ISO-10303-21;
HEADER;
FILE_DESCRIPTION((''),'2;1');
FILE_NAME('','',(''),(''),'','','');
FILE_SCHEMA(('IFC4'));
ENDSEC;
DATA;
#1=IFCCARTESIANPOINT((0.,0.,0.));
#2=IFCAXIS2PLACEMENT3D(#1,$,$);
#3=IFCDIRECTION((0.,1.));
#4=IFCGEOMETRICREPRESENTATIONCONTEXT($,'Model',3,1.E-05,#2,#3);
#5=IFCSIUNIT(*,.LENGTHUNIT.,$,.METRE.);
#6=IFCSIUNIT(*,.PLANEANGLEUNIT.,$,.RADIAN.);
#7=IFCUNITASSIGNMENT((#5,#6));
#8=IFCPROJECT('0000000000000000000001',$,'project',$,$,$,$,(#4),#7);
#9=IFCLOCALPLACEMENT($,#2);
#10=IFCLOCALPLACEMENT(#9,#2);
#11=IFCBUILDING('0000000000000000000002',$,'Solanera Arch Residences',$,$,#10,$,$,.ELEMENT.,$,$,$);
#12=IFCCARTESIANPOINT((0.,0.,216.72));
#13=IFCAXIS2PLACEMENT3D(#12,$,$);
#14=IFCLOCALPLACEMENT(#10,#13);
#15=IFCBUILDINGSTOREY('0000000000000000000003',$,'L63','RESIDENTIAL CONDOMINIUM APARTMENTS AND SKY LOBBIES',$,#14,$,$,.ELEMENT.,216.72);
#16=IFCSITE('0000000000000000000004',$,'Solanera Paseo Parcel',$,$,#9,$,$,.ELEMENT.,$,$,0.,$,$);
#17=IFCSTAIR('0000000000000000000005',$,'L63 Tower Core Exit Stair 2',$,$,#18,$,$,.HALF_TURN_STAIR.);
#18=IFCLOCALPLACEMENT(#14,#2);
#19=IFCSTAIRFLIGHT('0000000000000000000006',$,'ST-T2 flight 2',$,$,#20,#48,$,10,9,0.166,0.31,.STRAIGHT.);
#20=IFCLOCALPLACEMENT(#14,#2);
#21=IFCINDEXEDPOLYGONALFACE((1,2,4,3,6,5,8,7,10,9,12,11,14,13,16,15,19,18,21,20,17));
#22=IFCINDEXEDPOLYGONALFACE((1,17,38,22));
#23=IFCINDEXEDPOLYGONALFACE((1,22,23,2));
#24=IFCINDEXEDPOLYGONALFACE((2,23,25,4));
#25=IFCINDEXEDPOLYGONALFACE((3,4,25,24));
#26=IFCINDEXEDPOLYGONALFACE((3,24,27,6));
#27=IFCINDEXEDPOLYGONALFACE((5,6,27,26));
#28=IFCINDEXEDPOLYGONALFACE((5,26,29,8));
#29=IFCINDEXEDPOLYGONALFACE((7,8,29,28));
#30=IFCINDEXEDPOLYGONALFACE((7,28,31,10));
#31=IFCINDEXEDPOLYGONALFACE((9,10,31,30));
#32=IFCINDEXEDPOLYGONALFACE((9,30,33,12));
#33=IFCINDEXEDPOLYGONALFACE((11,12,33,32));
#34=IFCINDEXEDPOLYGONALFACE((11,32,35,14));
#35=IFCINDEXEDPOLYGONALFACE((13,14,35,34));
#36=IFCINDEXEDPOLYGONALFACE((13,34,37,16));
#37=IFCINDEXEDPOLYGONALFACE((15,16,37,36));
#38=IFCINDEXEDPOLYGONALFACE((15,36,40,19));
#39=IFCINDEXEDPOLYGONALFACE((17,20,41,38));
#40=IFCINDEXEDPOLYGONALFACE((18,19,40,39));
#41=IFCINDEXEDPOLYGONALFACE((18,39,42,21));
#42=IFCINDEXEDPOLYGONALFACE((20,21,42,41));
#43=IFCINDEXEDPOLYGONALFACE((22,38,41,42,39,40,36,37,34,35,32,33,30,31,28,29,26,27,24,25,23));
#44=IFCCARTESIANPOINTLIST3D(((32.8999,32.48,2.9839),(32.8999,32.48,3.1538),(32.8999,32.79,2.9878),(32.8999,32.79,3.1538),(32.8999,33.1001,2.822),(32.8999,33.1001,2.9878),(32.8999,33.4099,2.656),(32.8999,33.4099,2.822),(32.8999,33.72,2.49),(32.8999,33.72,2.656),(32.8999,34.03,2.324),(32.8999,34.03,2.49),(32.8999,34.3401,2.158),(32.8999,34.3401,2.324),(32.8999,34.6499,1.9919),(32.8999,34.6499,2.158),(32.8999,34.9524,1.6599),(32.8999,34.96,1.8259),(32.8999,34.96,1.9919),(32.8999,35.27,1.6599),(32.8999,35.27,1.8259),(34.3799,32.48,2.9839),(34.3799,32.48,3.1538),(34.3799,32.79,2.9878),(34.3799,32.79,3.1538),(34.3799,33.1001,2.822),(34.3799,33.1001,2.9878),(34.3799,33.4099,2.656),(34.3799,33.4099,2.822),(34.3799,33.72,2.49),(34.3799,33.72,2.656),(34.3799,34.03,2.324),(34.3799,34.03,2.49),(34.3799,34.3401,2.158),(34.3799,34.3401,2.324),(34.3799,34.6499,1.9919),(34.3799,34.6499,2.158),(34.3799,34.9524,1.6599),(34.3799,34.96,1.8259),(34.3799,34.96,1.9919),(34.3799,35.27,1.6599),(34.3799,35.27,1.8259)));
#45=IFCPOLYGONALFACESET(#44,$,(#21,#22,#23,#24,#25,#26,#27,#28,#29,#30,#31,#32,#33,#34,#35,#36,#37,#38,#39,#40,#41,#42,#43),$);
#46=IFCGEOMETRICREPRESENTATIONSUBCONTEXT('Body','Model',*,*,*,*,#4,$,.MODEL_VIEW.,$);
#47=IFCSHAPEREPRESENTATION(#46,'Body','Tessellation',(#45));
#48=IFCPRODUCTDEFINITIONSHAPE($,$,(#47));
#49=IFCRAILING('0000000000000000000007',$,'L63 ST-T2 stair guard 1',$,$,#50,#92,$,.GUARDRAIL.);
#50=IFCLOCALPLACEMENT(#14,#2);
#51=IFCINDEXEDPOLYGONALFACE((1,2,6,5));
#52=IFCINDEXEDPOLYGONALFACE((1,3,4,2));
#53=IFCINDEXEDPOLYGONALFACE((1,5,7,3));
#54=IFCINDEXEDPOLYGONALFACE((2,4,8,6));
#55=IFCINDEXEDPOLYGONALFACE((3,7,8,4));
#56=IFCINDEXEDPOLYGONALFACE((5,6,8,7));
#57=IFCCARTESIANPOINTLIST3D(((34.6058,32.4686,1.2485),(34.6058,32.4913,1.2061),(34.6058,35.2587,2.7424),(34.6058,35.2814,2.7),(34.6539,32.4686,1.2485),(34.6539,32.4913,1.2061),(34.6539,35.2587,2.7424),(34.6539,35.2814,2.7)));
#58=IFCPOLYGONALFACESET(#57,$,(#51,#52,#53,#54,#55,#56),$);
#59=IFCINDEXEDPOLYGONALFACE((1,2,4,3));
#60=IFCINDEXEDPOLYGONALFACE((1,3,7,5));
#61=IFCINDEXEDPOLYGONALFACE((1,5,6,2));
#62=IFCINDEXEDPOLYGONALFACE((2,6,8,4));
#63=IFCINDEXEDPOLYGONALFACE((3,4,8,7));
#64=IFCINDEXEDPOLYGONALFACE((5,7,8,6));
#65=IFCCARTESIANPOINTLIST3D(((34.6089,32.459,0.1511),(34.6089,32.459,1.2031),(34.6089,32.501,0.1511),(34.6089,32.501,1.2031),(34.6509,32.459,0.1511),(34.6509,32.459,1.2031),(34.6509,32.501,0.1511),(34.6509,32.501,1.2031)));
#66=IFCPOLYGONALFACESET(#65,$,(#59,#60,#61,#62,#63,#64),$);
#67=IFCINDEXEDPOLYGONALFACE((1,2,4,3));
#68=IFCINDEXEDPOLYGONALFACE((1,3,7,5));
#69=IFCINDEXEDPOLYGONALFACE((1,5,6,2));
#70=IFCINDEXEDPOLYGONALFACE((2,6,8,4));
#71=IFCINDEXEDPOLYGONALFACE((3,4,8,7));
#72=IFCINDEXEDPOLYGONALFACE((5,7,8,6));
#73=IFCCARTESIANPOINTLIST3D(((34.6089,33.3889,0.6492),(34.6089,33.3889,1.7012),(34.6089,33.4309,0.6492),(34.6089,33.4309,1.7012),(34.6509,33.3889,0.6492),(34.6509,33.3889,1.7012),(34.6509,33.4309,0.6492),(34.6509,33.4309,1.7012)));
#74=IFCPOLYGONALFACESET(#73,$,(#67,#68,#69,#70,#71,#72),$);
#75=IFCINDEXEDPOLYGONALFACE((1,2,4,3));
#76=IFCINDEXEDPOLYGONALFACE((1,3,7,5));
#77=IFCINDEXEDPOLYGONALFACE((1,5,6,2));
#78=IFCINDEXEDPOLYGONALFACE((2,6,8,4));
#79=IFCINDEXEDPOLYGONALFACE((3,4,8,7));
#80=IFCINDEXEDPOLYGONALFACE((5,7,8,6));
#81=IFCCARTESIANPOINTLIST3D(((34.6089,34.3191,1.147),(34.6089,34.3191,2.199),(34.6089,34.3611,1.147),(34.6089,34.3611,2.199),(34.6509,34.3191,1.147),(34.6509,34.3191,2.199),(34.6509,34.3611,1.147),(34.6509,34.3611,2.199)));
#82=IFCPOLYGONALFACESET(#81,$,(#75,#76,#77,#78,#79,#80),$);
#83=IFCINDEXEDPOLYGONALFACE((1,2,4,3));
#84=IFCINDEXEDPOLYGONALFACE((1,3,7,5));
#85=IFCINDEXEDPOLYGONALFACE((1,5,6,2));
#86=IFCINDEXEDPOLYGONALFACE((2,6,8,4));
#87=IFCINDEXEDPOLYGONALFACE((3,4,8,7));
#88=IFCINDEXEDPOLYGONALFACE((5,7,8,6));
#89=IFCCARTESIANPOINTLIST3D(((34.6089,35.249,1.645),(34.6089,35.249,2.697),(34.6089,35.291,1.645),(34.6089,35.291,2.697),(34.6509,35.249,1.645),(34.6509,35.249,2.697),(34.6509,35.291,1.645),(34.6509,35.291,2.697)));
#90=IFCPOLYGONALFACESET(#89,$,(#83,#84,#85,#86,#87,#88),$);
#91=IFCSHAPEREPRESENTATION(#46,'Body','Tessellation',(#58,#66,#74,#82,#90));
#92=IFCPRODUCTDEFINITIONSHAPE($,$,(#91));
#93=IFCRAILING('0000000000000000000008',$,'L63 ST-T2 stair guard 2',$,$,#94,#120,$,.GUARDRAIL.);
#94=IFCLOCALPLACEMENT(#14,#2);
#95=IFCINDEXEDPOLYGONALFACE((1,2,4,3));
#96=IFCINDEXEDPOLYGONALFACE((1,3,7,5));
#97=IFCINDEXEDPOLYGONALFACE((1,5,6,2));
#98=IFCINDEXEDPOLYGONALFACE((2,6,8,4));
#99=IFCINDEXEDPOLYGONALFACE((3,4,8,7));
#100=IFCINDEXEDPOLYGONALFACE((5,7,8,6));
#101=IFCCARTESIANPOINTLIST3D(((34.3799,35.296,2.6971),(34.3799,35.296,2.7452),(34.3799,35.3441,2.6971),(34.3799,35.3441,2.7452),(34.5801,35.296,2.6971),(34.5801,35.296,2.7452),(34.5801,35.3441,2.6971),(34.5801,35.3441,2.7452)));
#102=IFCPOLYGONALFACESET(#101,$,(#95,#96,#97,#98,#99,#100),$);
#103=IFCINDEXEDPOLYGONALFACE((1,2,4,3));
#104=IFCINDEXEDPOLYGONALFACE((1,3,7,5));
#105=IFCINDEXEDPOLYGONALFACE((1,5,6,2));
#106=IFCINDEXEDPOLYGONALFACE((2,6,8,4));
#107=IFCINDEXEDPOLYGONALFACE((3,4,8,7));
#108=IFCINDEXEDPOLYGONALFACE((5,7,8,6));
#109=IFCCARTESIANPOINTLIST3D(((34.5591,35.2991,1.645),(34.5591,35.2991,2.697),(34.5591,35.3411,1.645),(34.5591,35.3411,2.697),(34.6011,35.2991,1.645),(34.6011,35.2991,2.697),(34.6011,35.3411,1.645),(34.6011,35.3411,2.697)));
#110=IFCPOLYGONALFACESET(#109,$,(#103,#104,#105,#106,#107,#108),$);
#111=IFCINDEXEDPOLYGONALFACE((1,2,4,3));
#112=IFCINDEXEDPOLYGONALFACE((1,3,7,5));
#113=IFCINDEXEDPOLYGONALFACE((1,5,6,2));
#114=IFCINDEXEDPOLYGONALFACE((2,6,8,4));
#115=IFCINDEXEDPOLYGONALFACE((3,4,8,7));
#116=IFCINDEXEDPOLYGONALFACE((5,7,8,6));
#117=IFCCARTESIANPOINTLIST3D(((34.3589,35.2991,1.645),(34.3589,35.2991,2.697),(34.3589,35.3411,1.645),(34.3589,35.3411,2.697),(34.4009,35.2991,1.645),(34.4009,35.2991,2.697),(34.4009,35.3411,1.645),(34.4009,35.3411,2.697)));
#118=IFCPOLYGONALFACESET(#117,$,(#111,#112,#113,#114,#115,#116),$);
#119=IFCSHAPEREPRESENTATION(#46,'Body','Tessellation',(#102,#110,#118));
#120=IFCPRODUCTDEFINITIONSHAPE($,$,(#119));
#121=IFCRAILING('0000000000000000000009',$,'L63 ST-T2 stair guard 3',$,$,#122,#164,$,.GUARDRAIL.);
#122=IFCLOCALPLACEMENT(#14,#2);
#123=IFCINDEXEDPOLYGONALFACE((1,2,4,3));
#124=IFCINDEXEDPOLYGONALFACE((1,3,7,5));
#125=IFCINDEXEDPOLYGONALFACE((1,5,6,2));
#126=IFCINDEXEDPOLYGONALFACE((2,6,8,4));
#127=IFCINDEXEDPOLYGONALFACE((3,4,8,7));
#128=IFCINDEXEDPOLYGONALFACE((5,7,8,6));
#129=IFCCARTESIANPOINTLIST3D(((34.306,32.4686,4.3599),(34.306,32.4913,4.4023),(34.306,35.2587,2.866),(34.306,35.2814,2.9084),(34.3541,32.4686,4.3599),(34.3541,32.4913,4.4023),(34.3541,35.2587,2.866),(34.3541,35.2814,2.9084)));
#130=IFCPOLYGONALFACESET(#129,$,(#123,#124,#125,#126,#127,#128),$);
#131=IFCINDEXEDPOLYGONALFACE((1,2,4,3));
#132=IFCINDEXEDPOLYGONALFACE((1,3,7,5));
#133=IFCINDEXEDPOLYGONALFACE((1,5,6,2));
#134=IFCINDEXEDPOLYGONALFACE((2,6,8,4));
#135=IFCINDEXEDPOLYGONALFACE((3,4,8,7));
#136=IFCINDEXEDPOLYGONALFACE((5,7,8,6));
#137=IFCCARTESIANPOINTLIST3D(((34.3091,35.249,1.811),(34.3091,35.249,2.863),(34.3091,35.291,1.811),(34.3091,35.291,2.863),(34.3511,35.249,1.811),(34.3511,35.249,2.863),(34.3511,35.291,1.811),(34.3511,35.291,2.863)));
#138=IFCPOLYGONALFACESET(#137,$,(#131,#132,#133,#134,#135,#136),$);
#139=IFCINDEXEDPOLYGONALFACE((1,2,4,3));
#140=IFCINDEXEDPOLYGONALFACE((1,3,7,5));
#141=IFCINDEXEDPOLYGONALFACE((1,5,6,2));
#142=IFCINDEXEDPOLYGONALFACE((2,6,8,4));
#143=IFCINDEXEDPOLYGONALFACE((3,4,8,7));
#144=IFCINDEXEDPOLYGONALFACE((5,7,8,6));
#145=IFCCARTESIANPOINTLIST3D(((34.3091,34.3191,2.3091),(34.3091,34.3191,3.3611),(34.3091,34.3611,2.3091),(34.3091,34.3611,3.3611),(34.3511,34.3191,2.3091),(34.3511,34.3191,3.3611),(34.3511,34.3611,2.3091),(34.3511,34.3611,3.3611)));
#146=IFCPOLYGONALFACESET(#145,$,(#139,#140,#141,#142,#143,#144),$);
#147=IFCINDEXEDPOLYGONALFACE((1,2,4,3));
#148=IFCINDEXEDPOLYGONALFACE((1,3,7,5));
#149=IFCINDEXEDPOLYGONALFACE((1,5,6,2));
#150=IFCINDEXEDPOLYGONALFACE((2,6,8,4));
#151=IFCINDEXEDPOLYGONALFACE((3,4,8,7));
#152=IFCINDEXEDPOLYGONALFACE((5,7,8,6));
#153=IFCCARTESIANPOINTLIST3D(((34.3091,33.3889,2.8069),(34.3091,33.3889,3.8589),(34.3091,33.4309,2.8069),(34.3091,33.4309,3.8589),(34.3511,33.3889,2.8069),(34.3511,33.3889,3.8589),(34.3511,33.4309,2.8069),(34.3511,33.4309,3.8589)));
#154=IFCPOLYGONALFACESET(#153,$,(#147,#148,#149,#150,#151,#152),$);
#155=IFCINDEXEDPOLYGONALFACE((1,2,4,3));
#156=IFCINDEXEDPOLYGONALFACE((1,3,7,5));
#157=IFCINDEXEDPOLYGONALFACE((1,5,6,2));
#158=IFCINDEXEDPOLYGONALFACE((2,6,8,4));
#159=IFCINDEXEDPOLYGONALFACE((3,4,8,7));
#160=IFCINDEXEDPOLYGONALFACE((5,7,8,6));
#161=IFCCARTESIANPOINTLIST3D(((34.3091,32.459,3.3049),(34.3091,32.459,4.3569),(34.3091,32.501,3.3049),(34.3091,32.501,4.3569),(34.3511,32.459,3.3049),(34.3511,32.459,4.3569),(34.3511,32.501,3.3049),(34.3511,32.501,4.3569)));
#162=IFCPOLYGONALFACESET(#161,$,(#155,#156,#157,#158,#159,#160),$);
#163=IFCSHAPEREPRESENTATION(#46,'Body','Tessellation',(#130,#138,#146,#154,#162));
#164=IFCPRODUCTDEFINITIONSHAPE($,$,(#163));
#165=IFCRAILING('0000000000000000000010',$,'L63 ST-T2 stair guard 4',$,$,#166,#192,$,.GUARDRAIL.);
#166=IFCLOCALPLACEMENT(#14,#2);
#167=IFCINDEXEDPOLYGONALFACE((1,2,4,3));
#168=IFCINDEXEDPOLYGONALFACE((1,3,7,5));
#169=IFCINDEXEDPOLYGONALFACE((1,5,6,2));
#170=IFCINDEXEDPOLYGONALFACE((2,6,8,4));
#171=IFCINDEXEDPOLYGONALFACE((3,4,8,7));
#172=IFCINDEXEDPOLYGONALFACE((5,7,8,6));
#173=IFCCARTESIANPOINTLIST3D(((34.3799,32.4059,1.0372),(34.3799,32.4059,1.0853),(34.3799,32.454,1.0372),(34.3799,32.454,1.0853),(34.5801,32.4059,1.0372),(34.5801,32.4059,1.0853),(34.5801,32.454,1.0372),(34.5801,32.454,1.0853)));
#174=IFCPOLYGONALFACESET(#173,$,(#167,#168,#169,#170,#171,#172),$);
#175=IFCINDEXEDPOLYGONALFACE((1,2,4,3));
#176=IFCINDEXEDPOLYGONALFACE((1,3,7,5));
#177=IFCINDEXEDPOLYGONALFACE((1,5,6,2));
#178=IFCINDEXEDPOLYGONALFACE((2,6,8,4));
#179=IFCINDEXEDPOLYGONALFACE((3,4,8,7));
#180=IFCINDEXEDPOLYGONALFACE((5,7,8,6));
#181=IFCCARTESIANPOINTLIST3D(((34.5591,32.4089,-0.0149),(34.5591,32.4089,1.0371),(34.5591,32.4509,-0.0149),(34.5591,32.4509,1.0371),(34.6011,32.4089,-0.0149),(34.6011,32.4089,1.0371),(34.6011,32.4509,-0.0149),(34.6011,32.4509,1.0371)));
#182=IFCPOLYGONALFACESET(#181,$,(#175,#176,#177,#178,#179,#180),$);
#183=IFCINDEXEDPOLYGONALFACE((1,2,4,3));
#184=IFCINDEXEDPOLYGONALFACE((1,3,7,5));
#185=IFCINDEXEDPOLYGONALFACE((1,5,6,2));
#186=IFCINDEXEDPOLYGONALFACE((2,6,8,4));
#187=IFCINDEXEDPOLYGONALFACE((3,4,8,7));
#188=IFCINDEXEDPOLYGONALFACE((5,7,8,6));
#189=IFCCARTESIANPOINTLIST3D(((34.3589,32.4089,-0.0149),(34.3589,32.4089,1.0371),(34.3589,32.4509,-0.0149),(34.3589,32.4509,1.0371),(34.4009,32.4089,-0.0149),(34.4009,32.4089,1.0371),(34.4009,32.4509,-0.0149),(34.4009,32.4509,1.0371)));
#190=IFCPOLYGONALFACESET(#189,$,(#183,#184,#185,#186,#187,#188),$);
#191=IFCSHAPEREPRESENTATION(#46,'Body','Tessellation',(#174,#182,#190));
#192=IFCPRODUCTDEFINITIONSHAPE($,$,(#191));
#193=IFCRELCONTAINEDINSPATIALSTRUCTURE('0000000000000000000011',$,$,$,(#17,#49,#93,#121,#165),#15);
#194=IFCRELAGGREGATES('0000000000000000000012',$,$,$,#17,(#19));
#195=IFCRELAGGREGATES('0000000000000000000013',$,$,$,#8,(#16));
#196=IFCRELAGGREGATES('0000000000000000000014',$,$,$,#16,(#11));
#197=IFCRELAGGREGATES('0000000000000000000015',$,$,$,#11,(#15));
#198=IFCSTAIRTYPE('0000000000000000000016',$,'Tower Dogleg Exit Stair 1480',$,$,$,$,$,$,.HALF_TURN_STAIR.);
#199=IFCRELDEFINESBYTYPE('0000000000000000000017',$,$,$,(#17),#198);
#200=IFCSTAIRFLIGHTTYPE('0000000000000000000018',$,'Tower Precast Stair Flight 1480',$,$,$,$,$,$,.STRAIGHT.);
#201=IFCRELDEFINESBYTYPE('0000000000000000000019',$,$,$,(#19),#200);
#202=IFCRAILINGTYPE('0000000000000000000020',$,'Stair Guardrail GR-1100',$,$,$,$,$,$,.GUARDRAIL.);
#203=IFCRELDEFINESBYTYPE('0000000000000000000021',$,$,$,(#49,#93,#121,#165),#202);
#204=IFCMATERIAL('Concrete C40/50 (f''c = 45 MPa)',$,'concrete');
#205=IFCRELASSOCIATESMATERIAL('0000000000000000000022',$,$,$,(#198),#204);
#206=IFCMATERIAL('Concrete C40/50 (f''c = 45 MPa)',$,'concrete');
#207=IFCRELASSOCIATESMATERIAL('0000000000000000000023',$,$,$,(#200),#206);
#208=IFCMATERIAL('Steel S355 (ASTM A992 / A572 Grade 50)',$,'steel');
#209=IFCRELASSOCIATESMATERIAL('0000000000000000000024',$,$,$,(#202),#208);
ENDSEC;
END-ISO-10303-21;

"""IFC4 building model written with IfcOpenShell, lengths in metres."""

from ifc_helpers import new_model, si_unit, direction, frame, origin, origin_2d, place, context, subcontext, project, spatial, polyline, rectangle, outline, extrude, material, type_object, element, aggregate, save


model = new_model("IFC4")

# Units and contexts
model_context = context("Model", 3, precision=1e-05, world=origin(), true_north=direction((0.0, 1.0)))
body_context = subcontext(model_context, "Body", "Model", "MODEL_VIEW")
ifc_project = project(units=[si_unit("LENGTHUNIT", "METRE"), si_unit("PLANEANGLEUNIT", "RADIAN")], contexts=[model_context])

# Site, building, storey
site_placement = place(None, origin())
site = spatial("IfcSite", under=ifc_project, at=site_placement, Name="Solanera Paseo Parcel", CompositionType="ELEMENT", RefElevation=0.0)
building_placement = place(site_placement, origin())
building = spatial("IfcBuilding", under=site, at=building_placement, Name="Solanera Arch Residences", CompositionType="ELEMENT")
storey_placement = place(building_placement, frame((0.0, 0.0, 216.72)))
storey = spatial("IfcBuildingStorey", under=building, at=storey_placement, Name="L63", Description="RESIDENTIAL CONDOMINIUM APARTMENTS AND SKY LOBBIES", CompositionType="ELEMENT", Elevation=216.72)

# Stair, stair flight
ifc_material_1 = material(Name="Concrete C40/50 (f'c = 45 MPa)", Category="concrete")
stair_type = type_object("IfcStairType", Name="Tower Dogleg Exit Stair 1480", PredefinedType="HALF_TURN_STAIR", material=ifc_material_1)
stair_placement = place(storey_placement, origin())
stair = element("IfcStair", 1, at=stair_placement, inside=storey, type_object=stair_type, Name="L63 Tower Core Exit Stair 2", PredefinedType="HALF_TURN_STAIR")
ifc_material_2 = material(Name="Concrete C40/50 (f'c = 45 MPa)", Category="concrete")
stair_flight_type = type_object("IfcStairFlightType", Name="Tower Precast Stair Flight 1480", PredefinedType="STRAIGHT", material=ifc_material_2)
stair_flight_1_placement = place(storey_placement, frame((33.6399, 35.27, 1.6599), z_axis=(0.0, 0.0, 1.0), x_axis=(0.0, -1.0, 0.0)))
stair_flight_1 = element("IfcStairFlight", 2, at=stair_flight_1_placement, type_object=stair_flight_type, Name="ST-T2 flight 2", NumberOfRisers=10, NumberOfTreads=9, PredefinedType="STRAIGHT", RiserHeight=0.166, TreadLength=0.31, context=body_context, shape_type="SweptSolid", body=[
    extrude(outline(polyline([(0.0, 0.0), (0.0, 0.166), (0.3101, 0.166), (0.3101, 0.332), (0.6201, 0.332), (0.6201, 0.498), (0.9299, 0.498), (0.9299, 0.6641), (1.24, 0.6641), (1.24, 0.8301), (1.55, 0.8301), (1.55, 0.9961), (1.8601, 0.9961), (1.8601, 1.1621), (2.1699, 1.1621), (2.1699, 1.3279), (2.48, 1.3279), (2.48, 1.4939), (2.79, 1.4939), (2.79, 1.6599), (2.79, 1.324), (0.3176, 0.0), (0.0, 0.0)])), frame((0.0, 0.74, 0.0), z_axis=(0.0, -1.0, 0.0), x_axis=(1.0, 0.0, 0.0)), (0.0, 0.0, 1.0), 1.48),
])
aggregate(stair, [stair_flight_1])

# Railings
ifc_material_3 = material(Name="Steel S355 (ASTM A992 / A572 Grade 50)", Category="steel")
railing_type_1 = type_object("IfcRailingType", Name="Stair Guardrail GR-1100", PredefinedType="GUARDRAIL", material=ifc_material_3)
railing_1_placement = place(storey_placement, frame((34.6299, 32.48, 0.1511)))
element("IfcRailing", 3, at=railing_1_placement, inside=storey, type_object=railing_type_1, Name="L63 ST-T2 stair guard 1", PredefinedType="GUARDRAIL", context=body_context, shape_type="SweptSolid", body=[
    extrude(rectangle(XDim=0.0481, YDim=0.0481, at=origin_2d()), frame((0.0, 0.0, 1.0762), z_axis=(0.0, 0.881581, 0.472033), x_axis=(-1.0, 0.0, 0.0)), (0.0, 0.0, 1.0), 3.1648),
    extrude(rectangle(XDim=0.042, YDim=0.042, at=origin_2d()), origin(), (0.0, 0.0, 1.0), 1.052),
    extrude(rectangle(XDim=0.042, YDim=0.042, at=origin_2d()), frame((0.0, 0.9299, 0.498)), (0.0, 0.0, 1.0), 1.052),
    extrude(rectangle(XDim=0.042, YDim=0.042, at=origin_2d()), frame((0.0, 1.8601, 0.9958)), (0.0, 0.0, 1.0), 1.052),
    extrude(rectangle(XDim=0.042, YDim=0.042, at=origin_2d()), frame((0.0, 2.79, 1.4939)), (0.0, 0.0, 1.0), 1.052),
])
railing_2_placement = place(storey_placement, frame((34.5801, 35.3201, 1.645)))
element("IfcRailing", 4, at=railing_2_placement, inside=storey, type_object=railing_type_1, Name="L63 ST-T2 stair guard 2", PredefinedType="GUARDRAIL", context=body_context, shape_type="SweptSolid", body=[
    extrude(rectangle(XDim=0.0481, YDim=0.0481, at=origin_2d()), frame((0.0, 0.0, 1.0762), z_axis=(-1.0, 0.0, 0.0), x_axis=(0.0, -1.0, 0.0)), (0.0, 0.0, 1.0), 0.2002),
    extrude(rectangle(XDim=0.042, YDim=0.042, at=origin_2d()), origin(), (0.0, 0.0, 1.0), 1.052),
    extrude(rectangle(XDim=0.042, YDim=0.042, at=origin_2d()), frame((-0.2002, 0.0, 0.0)), (0.0, 0.0, 1.0), 1.052),
])
railing_3_placement = place(storey_placement, frame((34.3301, 35.27, 1.811)))
element("IfcRailing", 5, at=railing_3_placement, inside=storey, type_object=railing_type_1, Name="L63 ST-T2 stair guard 3", PredefinedType="GUARDRAIL", context=body_context, shape_type="SweptSolid", body=[
    extrude(rectangle(XDim=0.0481, YDim=0.0481, at=origin_2d()), frame((0.0, 0.0, 1.0762), z_axis=(0.0, -0.881581, 0.472033), x_axis=(1.0, 0.0, 0.0)), (0.0, 0.0, 1.0), 3.1648),
    extrude(rectangle(XDim=0.042, YDim=0.042, at=origin_2d()), origin(), (0.0, 0.0, 1.0), 1.052),
    extrude(rectangle(XDim=0.042, YDim=0.042, at=origin_2d()), frame((0.0, -0.9299, 0.498)), (0.0, 0.0, 1.0), 1.052),
    extrude(rectangle(XDim=0.042, YDim=0.042, at=origin_2d()), frame((0.0, -1.8601, 0.9958)), (0.0, 0.0, 1.0), 1.052),
    extrude(rectangle(XDim=0.042, YDim=0.042, at=origin_2d()), frame((0.0, -2.79, 1.4939)), (0.0, 0.0, 1.0), 1.052),
])
railing_4_placement = place(storey_placement, frame((34.5801, 32.4299, -0.0149)))
element("IfcRailing", 6, at=railing_4_placement, inside=storey, type_object=railing_type_1, Name="L63 ST-T2 stair guard 4", PredefinedType="GUARDRAIL", context=body_context, shape_type="SweptSolid", body=[
    extrude(rectangle(XDim=0.0481, YDim=0.0481, at=origin_2d()), frame((0.0, 0.0, 1.0762), z_axis=(-1.0, 0.0, 0.0), x_axis=(0.0, -1.0, 0.0)), (0.0, 0.0, 1.0), 0.2002),
    extrude(rectangle(XDim=0.042, YDim=0.042, at=origin_2d()), origin(), (0.0, 0.0, 1.0), 1.052),
    extrude(rectangle(XDim=0.042, YDim=0.042, at=origin_2d()), frame((-0.2002, 0.0, 0.0)), (0.0, 0.0, 1.0), 1.052),
])

save(model, "model.ifc")
